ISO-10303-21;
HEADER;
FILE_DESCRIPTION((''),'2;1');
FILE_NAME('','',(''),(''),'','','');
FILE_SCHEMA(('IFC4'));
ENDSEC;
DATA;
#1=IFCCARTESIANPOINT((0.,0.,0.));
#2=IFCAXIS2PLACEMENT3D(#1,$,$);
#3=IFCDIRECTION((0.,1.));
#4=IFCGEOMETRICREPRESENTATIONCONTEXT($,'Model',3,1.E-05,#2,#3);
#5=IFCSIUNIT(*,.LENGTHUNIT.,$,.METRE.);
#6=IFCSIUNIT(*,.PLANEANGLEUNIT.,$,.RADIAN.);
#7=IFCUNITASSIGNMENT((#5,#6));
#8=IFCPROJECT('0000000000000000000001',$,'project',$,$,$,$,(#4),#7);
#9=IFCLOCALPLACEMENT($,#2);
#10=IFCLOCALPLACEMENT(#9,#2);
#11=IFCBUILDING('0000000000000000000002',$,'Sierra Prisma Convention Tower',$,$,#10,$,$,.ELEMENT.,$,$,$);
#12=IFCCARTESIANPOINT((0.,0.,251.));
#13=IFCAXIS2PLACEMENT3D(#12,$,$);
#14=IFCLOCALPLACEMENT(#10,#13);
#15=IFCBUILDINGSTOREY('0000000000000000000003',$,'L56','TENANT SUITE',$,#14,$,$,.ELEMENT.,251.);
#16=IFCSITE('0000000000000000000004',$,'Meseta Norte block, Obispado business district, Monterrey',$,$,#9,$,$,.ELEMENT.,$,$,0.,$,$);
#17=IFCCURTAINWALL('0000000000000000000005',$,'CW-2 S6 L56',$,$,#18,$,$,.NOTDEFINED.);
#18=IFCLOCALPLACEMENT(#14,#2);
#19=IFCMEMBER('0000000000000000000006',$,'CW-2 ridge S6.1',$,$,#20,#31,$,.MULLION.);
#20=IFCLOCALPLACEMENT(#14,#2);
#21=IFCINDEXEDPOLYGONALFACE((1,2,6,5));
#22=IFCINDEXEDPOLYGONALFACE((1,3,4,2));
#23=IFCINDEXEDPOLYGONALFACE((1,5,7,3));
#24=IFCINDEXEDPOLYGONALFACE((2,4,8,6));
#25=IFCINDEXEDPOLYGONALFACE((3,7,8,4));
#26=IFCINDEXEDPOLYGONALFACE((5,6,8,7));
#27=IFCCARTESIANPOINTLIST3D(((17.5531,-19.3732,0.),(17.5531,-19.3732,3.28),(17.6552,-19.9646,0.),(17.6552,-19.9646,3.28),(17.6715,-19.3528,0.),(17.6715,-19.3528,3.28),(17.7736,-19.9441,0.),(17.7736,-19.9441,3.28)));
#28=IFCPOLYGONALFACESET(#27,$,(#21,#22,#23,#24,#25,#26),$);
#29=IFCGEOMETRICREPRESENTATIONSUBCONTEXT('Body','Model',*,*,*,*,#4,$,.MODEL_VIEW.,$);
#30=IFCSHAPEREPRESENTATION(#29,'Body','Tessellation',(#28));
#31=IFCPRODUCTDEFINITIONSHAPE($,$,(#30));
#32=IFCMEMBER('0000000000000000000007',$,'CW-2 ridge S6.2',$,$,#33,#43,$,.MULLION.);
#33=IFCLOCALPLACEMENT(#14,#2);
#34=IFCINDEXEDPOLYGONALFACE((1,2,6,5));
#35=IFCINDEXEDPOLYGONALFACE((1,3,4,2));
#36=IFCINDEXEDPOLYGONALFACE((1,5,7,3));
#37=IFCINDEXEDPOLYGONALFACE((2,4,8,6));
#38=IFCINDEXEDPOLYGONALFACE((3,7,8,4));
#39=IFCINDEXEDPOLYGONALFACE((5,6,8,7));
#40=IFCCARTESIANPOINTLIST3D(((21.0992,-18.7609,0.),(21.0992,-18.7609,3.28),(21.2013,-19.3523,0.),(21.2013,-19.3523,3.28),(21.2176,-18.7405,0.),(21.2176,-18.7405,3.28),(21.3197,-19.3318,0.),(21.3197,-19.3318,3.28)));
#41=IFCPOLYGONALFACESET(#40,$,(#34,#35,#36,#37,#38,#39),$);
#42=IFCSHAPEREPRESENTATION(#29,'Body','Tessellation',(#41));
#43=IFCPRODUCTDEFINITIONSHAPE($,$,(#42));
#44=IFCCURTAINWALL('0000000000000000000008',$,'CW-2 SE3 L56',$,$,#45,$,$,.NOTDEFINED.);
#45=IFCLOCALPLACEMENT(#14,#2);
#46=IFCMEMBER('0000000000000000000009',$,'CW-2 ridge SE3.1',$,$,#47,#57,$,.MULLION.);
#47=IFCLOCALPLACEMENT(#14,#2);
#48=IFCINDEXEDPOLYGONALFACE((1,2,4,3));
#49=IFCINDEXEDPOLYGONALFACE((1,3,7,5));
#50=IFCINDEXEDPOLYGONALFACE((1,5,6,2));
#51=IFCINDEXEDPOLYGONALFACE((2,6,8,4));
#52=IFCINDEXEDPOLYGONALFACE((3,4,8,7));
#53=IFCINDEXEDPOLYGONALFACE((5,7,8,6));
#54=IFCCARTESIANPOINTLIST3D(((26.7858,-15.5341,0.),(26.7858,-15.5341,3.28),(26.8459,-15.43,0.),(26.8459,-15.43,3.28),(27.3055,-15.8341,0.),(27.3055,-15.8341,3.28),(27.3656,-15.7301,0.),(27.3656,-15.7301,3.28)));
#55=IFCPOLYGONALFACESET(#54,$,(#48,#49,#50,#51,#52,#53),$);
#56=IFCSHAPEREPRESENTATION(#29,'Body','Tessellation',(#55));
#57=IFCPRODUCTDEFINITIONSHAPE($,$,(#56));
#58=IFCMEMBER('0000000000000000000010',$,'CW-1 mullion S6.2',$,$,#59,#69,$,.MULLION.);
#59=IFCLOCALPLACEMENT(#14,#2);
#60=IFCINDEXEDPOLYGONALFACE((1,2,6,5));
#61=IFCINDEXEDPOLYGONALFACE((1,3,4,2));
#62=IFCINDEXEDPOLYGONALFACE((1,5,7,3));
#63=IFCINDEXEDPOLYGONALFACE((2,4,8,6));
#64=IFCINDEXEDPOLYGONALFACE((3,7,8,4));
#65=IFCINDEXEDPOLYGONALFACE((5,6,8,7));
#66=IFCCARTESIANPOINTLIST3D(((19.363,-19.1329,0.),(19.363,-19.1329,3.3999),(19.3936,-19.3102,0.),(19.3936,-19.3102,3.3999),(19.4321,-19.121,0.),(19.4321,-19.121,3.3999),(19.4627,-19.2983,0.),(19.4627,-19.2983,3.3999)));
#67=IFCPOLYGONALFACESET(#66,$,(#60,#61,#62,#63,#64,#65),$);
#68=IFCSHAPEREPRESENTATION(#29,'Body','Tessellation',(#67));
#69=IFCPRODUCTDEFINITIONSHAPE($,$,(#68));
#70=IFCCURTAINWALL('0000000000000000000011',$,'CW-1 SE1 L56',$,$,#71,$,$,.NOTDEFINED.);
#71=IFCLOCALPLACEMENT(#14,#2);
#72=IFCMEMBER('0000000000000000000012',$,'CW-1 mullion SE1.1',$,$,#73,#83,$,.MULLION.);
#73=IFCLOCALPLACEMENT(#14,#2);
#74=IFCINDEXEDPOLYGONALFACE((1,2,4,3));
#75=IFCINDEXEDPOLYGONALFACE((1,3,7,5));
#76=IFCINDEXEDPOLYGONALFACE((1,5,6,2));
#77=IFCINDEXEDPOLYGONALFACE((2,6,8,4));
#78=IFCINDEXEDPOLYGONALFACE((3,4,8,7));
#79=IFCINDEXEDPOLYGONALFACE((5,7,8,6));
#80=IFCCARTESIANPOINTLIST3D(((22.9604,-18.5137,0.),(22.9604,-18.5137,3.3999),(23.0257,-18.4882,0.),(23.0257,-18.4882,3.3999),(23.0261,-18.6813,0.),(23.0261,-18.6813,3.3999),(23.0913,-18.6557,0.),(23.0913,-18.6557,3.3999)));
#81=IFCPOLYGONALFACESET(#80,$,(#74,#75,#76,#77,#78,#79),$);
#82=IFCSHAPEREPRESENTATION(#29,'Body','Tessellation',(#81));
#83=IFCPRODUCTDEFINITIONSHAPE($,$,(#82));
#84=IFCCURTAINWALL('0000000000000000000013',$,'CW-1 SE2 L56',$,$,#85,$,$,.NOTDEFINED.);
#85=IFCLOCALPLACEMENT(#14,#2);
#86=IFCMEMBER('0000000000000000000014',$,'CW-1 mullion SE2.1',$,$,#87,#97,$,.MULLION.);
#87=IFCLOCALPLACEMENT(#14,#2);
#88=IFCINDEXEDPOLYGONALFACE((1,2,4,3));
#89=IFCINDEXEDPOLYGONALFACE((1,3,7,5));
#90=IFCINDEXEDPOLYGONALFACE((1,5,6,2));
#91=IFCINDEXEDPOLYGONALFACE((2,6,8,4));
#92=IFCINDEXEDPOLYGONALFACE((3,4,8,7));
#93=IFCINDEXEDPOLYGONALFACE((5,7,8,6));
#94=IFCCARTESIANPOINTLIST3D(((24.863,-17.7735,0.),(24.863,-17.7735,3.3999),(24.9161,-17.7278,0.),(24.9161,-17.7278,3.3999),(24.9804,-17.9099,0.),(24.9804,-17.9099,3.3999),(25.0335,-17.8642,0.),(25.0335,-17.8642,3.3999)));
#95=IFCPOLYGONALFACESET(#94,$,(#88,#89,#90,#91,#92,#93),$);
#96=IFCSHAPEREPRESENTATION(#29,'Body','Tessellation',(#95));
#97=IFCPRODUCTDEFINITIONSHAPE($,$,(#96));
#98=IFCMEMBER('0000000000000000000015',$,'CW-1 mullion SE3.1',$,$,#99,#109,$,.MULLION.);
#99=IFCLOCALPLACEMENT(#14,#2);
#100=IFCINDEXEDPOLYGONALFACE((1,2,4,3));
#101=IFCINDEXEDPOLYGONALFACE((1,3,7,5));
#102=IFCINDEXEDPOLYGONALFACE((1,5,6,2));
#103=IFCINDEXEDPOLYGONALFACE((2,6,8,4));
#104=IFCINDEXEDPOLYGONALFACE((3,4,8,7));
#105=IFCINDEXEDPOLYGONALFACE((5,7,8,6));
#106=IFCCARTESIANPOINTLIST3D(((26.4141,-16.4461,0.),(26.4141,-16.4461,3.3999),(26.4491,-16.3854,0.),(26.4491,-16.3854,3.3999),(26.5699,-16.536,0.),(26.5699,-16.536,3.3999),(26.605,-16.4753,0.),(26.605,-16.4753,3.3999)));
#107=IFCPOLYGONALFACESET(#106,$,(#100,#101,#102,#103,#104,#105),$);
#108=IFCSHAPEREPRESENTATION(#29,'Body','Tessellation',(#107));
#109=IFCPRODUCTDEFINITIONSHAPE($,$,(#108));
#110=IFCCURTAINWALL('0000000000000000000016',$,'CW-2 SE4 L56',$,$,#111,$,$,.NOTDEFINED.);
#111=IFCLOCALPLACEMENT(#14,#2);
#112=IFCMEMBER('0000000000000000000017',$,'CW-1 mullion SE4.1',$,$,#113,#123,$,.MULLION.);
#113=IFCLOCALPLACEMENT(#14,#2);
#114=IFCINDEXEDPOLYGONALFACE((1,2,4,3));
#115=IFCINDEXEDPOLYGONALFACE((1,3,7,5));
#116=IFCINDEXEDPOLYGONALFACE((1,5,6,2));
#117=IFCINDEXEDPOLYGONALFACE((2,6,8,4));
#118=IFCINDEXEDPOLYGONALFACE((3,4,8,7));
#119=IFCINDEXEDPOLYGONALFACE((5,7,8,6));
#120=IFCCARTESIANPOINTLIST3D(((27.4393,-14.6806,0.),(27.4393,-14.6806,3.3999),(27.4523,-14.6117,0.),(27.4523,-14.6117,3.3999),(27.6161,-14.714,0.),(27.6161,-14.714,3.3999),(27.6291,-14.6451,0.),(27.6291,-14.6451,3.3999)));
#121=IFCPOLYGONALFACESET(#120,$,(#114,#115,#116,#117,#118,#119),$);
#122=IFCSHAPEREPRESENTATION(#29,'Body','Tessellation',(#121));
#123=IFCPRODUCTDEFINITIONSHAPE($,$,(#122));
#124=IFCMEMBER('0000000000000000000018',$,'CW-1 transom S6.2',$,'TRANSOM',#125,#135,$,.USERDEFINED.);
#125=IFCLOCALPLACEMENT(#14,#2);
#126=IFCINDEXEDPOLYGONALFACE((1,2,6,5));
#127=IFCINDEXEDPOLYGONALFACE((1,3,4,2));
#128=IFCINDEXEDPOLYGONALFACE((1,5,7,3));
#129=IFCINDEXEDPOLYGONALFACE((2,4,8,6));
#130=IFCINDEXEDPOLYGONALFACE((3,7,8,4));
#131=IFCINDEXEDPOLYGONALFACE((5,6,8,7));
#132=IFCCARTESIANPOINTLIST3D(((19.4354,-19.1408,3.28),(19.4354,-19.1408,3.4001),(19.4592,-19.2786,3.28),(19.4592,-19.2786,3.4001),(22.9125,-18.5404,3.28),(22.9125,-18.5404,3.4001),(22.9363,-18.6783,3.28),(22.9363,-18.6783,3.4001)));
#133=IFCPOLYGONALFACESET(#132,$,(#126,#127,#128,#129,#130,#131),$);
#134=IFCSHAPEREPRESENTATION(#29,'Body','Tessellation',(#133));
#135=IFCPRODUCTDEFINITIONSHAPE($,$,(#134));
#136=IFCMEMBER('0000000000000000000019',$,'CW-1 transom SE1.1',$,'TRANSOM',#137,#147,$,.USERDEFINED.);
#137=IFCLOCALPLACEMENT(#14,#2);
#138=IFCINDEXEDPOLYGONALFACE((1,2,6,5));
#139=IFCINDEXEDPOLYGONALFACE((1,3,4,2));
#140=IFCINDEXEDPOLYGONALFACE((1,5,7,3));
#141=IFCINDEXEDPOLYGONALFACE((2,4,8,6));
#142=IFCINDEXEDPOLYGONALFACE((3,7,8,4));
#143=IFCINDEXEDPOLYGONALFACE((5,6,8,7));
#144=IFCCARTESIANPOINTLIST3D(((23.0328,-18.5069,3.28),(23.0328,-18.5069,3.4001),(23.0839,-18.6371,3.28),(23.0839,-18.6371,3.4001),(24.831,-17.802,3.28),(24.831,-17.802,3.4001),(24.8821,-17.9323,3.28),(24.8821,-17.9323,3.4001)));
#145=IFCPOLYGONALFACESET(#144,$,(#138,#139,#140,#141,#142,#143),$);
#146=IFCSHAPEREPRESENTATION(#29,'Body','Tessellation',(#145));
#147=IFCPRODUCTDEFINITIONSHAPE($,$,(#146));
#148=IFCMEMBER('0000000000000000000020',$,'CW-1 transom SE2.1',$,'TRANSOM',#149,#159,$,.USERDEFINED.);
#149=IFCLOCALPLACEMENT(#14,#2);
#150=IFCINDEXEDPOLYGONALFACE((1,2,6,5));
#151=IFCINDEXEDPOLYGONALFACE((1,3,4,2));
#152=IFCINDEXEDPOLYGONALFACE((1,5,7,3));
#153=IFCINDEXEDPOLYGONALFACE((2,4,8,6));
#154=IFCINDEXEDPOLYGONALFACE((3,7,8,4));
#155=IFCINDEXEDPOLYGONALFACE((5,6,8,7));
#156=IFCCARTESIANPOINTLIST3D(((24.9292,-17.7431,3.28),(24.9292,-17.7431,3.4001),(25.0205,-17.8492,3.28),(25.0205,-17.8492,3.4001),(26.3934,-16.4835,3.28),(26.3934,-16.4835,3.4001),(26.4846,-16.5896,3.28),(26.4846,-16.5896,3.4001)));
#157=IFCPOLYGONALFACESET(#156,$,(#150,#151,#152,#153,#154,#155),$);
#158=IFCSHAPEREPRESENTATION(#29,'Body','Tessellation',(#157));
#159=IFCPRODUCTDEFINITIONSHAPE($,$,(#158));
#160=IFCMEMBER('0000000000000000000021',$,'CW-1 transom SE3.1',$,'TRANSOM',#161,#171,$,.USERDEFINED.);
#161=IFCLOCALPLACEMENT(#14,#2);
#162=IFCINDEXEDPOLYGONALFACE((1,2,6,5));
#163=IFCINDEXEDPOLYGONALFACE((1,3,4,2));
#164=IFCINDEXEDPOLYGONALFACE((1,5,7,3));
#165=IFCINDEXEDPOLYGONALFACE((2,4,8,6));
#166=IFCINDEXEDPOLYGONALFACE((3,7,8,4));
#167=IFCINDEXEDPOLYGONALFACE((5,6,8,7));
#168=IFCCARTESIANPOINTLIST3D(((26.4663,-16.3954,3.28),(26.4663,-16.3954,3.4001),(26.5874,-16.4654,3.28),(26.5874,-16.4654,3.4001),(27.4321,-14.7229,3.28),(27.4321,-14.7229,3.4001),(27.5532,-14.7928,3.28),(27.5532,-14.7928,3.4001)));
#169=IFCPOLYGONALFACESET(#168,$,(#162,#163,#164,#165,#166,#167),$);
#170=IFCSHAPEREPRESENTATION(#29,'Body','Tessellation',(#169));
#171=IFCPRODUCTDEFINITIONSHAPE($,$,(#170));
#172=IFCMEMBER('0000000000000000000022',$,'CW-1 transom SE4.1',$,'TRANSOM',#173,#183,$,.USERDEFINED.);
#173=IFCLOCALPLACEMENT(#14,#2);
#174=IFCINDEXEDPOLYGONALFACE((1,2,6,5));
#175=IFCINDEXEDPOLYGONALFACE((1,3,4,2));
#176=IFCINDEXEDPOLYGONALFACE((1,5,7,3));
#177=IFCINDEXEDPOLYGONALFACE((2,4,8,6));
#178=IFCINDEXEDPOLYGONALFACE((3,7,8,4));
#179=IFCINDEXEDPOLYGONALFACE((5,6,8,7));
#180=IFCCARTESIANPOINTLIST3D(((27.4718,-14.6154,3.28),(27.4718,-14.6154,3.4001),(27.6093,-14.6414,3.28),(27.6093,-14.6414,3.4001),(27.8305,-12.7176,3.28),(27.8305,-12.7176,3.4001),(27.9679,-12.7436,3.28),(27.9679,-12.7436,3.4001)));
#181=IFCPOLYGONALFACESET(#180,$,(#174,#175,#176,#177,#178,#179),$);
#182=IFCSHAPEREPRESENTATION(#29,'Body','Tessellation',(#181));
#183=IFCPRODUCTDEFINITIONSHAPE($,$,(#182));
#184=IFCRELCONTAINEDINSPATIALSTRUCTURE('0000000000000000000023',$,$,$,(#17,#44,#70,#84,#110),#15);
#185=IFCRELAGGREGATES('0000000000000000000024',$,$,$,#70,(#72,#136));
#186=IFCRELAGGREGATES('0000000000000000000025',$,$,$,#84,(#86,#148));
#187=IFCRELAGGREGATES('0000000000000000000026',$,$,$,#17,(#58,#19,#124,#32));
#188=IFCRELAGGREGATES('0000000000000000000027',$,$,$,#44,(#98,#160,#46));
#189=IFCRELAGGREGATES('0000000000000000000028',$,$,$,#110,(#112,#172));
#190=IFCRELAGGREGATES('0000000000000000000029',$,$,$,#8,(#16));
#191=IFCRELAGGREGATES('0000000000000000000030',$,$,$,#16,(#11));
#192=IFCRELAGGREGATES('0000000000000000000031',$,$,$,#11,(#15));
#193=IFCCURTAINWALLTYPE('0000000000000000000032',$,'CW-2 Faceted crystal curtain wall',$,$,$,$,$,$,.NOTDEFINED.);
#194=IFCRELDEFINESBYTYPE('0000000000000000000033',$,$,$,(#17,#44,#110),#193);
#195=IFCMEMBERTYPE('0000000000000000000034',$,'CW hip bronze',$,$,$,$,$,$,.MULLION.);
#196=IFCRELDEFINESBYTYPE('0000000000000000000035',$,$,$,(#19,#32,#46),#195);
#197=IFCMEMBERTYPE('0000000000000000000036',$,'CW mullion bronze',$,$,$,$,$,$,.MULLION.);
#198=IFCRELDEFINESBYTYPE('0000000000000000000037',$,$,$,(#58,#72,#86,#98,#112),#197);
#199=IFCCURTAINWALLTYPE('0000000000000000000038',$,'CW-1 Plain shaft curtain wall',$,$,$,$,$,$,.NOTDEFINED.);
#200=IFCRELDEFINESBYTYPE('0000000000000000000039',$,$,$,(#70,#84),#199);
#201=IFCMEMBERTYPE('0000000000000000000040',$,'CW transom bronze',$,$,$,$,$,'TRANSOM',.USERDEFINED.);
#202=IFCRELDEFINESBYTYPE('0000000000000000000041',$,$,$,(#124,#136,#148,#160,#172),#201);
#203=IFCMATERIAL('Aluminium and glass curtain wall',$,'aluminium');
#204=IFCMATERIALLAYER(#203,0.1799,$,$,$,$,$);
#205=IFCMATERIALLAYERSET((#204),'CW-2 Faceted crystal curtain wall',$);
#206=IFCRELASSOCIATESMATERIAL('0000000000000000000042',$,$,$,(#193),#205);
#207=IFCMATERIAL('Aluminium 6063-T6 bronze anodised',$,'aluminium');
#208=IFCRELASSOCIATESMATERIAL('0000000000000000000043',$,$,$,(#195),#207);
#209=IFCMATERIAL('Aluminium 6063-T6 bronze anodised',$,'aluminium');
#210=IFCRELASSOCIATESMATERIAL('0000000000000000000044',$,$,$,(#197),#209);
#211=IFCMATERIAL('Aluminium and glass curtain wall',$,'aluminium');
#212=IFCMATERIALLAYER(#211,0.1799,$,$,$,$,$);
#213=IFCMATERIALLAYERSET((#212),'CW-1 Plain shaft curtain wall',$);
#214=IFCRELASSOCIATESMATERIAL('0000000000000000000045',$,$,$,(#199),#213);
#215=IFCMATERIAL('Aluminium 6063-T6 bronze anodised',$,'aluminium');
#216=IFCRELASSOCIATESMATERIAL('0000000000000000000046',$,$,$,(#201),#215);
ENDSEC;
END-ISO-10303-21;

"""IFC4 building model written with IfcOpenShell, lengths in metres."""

from ifc_helpers import new_model, si_unit, direction, frame, origin, origin_2d, place, context, subcontext, project, spatial, rectangle, extrude, material, layer, layer_set, material_profile, profile_set, type_object, element, aggregate, save


model = new_model("IFC4")

# Units and contexts
model_context = context("Model", 3, precision=1e-05, world=origin(), true_north=direction((0.0, 1.0)))
body_context = subcontext(model_context, "Body", "Model", "MODEL_VIEW")
ifc_project = project(units=[si_unit("LENGTHUNIT", "METRE"), si_unit("PLANEANGLEUNIT", "RADIAN")], contexts=[model_context])

# Site, building, storey
site_placement = place(None, origin())
site = spatial("IfcSite", under=ifc_project, at=site_placement, Name="Meseta Norte block, Obispado business district, Monterrey", CompositionType="ELEMENT", RefElevation=0.0)
building_placement = place(site_placement, origin())
building = spatial("IfcBuilding", under=site, at=building_placement, Name="Sierra Prisma Convention Tower", CompositionType="ELEMENT")
storey_placement = place(building_placement, frame((0.0, 0.0, 251.0)))
storey = spatial("IfcBuildingStorey", under=building, at=storey_placement, Name="L56", Description="TENANT SUITE", CompositionType="ELEMENT", Elevation=251.0)

# Curtain wall, members
ifc_material_1 = material(Name="Aluminium and glass curtain wall", Category="aluminium")
ifc_layer_1 = layer(ifc_material_1, 0.1799)
ifc_layer_set_1 = layer_set([ifc_layer_1], Name="CW-2 Faceted crystal curtain wall")
curtain_wall_type_1 = type_object("IfcCurtainWallType", Name="CW-2 Faceted crystal curtain wall", PredefinedType="NOTDEFINED", material=ifc_layer_set_1)
curtain_wall_1_placement = place(storey_placement, origin())
curtain_wall_1 = element("IfcCurtainWall", 1, at=curtain_wall_1_placement, inside=storey, type_object=curtain_wall_type_1, Name="CW-2 S6 L56", PredefinedType="NOTDEFINED")
ifc_material_2 = material(Name="Aluminium 6063-T6 bronze anodised", Category="aluminium")
ifc_material_profile_1 = material_profile(ifc_material_2, rectangle(XDim=0.1201, YDim=0.6001, at=origin_2d()), Name="ALU RIDGE BLADE 120x600")
ifc_profile_set_1 = profile_set([ifc_material_profile_1], Name="Aluminium 6063-T6 bronze anodised")
member_type_1 = type_object("IfcMemberType", Name="CW hip bronze", PredefinedType="MULLION", material=ifc_profile_set_1)
member_1_placement = place(storey_placement, frame((17.6633, -19.6587, 0.0), z_axis=(0.0, 0.0, 1.0), x_axis=(0.985423, 0.170121, 0.0)))
member_1 = element("IfcMember", 2, at=member_1_placement, type_object=member_type_1, Name="CW-2 ridge S6.1", PredefinedType="MULLION", context=body_context, shape_type="SweptSolid", body=[
    extrude(rectangle(XDim=0.1201, YDim=0.6001, at=origin_2d()), origin(), (0.0, 0.0, 1.0), 3.28),
])
member_2_placement = place(storey_placement, frame((21.2095, -19.0464, 0.0), z_axis=(0.0, 0.0, 1.0), x_axis=(0.985423, 0.170121, 0.0)))
member_2 = element("IfcMember", 3, at=member_2_placement, type_object=member_type_1, Name="CW-2 ridge S6.2", PredefinedType="MULLION", context=body_context, shape_type="SweptSolid", body=[
    extrude(rectangle(XDim=0.1201, YDim=0.6001, at=origin_2d()), origin(), (0.0, 0.0, 1.0), 3.28),
])

# Curtain wall, member
curtain_wall_2_placement = place(storey_placement, origin())
curtain_wall_2 = element("IfcCurtainWall", 4, at=curtain_wall_2_placement, inside=storey, type_object=curtain_wall_type_1, Name="CW-2 SE3 L56", PredefinedType="NOTDEFINED")
member_3_placement = place(storey_placement, frame((27.0757, -15.6321, 0.0), z_axis=(0.0, 0.0, 1.0), x_axis=(0.5, 0.866025, 0.0)))
member_3 = element("IfcMember", 5, at=member_3_placement, type_object=member_type_1, Name="CW-2 ridge SE3.1", PredefinedType="MULLION", context=body_context, shape_type="SweptSolid", body=[
    extrude(rectangle(XDim=0.1201, YDim=0.6001, at=origin_2d()), origin(), (0.0, 0.0, 1.0), 3.28),
])

# Member
ifc_material_3 = material(Name="Aluminium 6063-T6 bronze anodised", Category="aluminium")
ifc_material_profile_2 = material_profile(ifc_material_3, rectangle(XDim=0.1799, YDim=0.0701, at=origin_2d()), Name="ALU MULLION 70x180")
ifc_profile_set_2 = profile_set([ifc_material_profile_2], Name="Aluminium 6063-T6 bronze anodised")
member_type_2 = type_object("IfcMemberType", Name="CW mullion bronze", PredefinedType="MULLION", material=ifc_profile_set_2)
member_4_placement = place(storey_placement, frame((19.4128, -19.2156, 0.0), z_axis=(0.0, 0.0, 1.0), x_axis=(-0.170121, 0.985423, 0.0)))
member_4 = element("IfcMember", 6, at=member_4_placement, type_object=member_type_2, Name="CW-1 mullion S6.2", PredefinedType="MULLION", context=body_context, shape_type="SweptSolid", body=[
    extrude(rectangle(XDim=0.1799, YDim=0.0701, at=origin_2d()), origin(), (0.0, 0.0, 1.0), 3.3999),
])

# Curtain walls, members
ifc_material_4 = material(Name="Aluminium and glass curtain wall", Category="aluminium")
ifc_layer_2 = layer(ifc_material_4, 0.1799)
ifc_layer_set_2 = layer_set([ifc_layer_2], Name="CW-1 Plain shaft curtain wall")
curtain_wall_type_2 = type_object("IfcCurtainWallType", Name="CW-1 Plain shaft curtain wall", PredefinedType="NOTDEFINED", material=ifc_layer_set_2)
curtain_wall_3_placement = place(storey_placement, origin())
curtain_wall_3 = element("IfcCurtainWall", 7, at=curtain_wall_3_placement, inside=storey, type_object=curtain_wall_type_2, Name="CW-1 SE1 L56", PredefinedType="NOTDEFINED")
member_5_placement = place(storey_placement, frame((23.0259, -18.5847, 0.0), z_axis=(0.0, 0.0, 1.0), x_axis=(-0.364926, 0.931036, 0.0)))
member_5 = element("IfcMember", 8, at=member_5_placement, type_object=member_type_2, Name="CW-1 mullion SE1.1", PredefinedType="MULLION", context=body_context, shape_type="SweptSolid", body=[
    extrude(rectangle(XDim=0.1799, YDim=0.0701, at=origin_2d()), origin(), (0.0, 0.0, 1.0), 3.3999),
])
curtain_wall_4_placement = place(storey_placement, origin())
curtain_wall_4 = element("IfcCurtainWall", 9, at=curtain_wall_4_placement, inside=storey, type_object=curtain_wall_type_2, Name="CW-1 SE2 L56", PredefinedType="NOTDEFINED")
member_6_placement = place(storey_placement, frame((24.9482, -17.8188, 0.0), z_axis=(0.0, 0.0, 1.0), x_axis=(-0.652119, 0.758117, 0.0)))
member_6 = element("IfcMember", 10, at=member_6_placement, type_object=member_type_2, Name="CW-1 mullion SE2.1", PredefinedType="MULLION", context=body_context, shape_type="SweptSolid", body=[
    extrude(rectangle(XDim=0.1799, YDim=0.0701, at=origin_2d()), origin(), (0.0, 0.0, 1.0), 3.3999),
])

# Member
member_7_placement = place(storey_placement, frame((26.5095, -16.4607, 0.0), z_axis=(0.0, 0.0, 1.0), x_axis=(-0.866025, 0.5, 0.0)))
member_7 = element("IfcMember", 11, at=member_7_placement, type_object=member_type_2, Name="CW-1 mullion SE3.1", PredefinedType="MULLION", context=body_context, shape_type="SweptSolid", body=[
    extrude(rectangle(XDim=0.1799, YDim=0.0701, at=origin_2d()), origin(), (0.0, 0.0, 1.0), 3.3999),
])

# Curtain wall, member
curtain_wall_5_placement = place(storey_placement, origin())
curtain_wall_5 = element("IfcCurtainWall", 12, at=curtain_wall_5_placement, inside=storey, type_object=curtain_wall_type_1, Name="CW-2 SE4 L56", PredefinedType="NOTDEFINED")
member_8_placement = place(storey_placement, frame((27.5342, -14.6628, 0.0), z_axis=(0.0, 0.0, 1.0), x_axis=(-0.982608, 0.185693, 0.0)))
member_8 = element("IfcMember", 13, at=member_8_placement, type_object=member_type_2, Name="CW-1 mullion SE4.1", PredefinedType="MULLION", context=body_context, shape_type="SweptSolid", body=[
    extrude(rectangle(XDim=0.1799, YDim=0.0701, at=origin_2d()), origin(), (0.0, 0.0, 1.0), 3.3999),
])

# Members
ifc_material_5 = material(Name="Aluminium 6063-T6 bronze anodised", Category="aluminium")
ifc_material_profile_3 = material_profile(ifc_material_5, rectangle(XDim=0.1399, YDim=0.1201, at=origin_2d()), Name="ALU TRANSOM 120x140")
ifc_profile_set_3 = profile_set([ifc_material_profile_3], Name="Aluminium 6063-T6 bronze anodised")
member_type_3 = type_object("IfcMemberType", Name="CW transom bronze", ElementType="TRANSOM", PredefinedType="USERDEFINED", material=ifc_profile_set_3)
member_9_placement = place(storey_placement, frame((19.4473, -19.2097, 3.3401), z_axis=(0.98542, 0.170141, 0.0), x_axis=(-0.170141, 0.98542, 0.0)))
member_9 = element("IfcMember", 14, at=member_9_placement, type_object=member_type_3, Name="CW-1 transom S6.2", ObjectType="TRANSOM", PredefinedType="USERDEFINED", context=body_context, shape_type="SweptSolid", body=[
    extrude(rectangle(XDim=0.1399, YDim=0.1201, at=origin_2d()), origin(), (0.0, 0.0, 1.0), 3.5286),
])
member_10_placement = place(storey_placement, frame((23.0583, -18.572, 3.3401), z_axis=(0.931026, 0.364952, 0.0), x_axis=(-0.364952, 0.931026, 0.0)))
member_10 = element("IfcMember", 15, at=member_10_placement, type_object=member_type_3, Name="CW-1 transom SE1.1", ObjectType="TRANSOM", PredefinedType="USERDEFINED", context=body_context, shape_type="SweptSolid", body=[
    extrude(rectangle(XDim=0.1399, YDim=0.1201, at=origin_2d()), origin(), (0.0, 0.0, 1.0), 1.9314),
])
member_11_placement = place(storey_placement, frame((24.9749, -17.7961, 3.3401), z_axis=(0.758086, 0.652154, 0.0), x_axis=(-0.652154, 0.758086, 0.0)))
member_11 = element("IfcMember", 16, at=member_11_placement, type_object=member_type_3, Name="CW-1 transom SE2.1", ObjectType="TRANSOM", PredefinedType="USERDEFINED", context=body_context, shape_type="SweptSolid", body=[
    extrude(rectangle(XDim=0.1399, YDim=0.1201, at=origin_2d()), origin(), (0.0, 0.0, 1.0), 1.9314),
])
member_12_placement = place(storey_placement, frame((26.5269, -16.4304, 3.3401), z_axis=(0.500054, 0.865994, 0.0), x_axis=(-0.865994, 0.500054, 0.0)))
member_12 = element("IfcMember", 17, at=member_12_placement, type_object=member_type_3, Name="CW-1 transom SE3.1", ObjectType="TRANSOM", PredefinedType="USERDEFINED", context=body_context, shape_type="SweptSolid", body=[
    extrude(rectangle(XDim=0.1399, YDim=0.1201, at=origin_2d()), origin(), (0.0, 0.0, 1.0), 1.9314),
])
member_13_placement = place(storey_placement, frame((27.5405, -14.6284, 3.3401), z_axis=(0.1857, 0.982606, 0.0), x_axis=(-0.982606, 0.1857, 0.0)))
member_13 = element("IfcMember", 18, at=member_13_placement, type_object=member_type_3, Name="CW-1 transom SE4.1", ObjectType="TRANSOM", PredefinedType="USERDEFINED", context=body_context, shape_type="SweptSolid", body=[
    extrude(rectangle(XDim=0.1399, YDim=0.1201, at=origin_2d()), origin(), (0.0, 0.0, 1.0), 1.9314),
])

aggregate(curtain_wall_3, [member_5, member_10])
aggregate(curtain_wall_4, [member_6, member_11])
aggregate(curtain_wall_1, [member_4, member_1, member_9, member_2])
aggregate(curtain_wall_2, [member_7, member_12, member_3])
aggregate(curtain_wall_5, [member_8, member_13])

save(model, "model.ifc")
